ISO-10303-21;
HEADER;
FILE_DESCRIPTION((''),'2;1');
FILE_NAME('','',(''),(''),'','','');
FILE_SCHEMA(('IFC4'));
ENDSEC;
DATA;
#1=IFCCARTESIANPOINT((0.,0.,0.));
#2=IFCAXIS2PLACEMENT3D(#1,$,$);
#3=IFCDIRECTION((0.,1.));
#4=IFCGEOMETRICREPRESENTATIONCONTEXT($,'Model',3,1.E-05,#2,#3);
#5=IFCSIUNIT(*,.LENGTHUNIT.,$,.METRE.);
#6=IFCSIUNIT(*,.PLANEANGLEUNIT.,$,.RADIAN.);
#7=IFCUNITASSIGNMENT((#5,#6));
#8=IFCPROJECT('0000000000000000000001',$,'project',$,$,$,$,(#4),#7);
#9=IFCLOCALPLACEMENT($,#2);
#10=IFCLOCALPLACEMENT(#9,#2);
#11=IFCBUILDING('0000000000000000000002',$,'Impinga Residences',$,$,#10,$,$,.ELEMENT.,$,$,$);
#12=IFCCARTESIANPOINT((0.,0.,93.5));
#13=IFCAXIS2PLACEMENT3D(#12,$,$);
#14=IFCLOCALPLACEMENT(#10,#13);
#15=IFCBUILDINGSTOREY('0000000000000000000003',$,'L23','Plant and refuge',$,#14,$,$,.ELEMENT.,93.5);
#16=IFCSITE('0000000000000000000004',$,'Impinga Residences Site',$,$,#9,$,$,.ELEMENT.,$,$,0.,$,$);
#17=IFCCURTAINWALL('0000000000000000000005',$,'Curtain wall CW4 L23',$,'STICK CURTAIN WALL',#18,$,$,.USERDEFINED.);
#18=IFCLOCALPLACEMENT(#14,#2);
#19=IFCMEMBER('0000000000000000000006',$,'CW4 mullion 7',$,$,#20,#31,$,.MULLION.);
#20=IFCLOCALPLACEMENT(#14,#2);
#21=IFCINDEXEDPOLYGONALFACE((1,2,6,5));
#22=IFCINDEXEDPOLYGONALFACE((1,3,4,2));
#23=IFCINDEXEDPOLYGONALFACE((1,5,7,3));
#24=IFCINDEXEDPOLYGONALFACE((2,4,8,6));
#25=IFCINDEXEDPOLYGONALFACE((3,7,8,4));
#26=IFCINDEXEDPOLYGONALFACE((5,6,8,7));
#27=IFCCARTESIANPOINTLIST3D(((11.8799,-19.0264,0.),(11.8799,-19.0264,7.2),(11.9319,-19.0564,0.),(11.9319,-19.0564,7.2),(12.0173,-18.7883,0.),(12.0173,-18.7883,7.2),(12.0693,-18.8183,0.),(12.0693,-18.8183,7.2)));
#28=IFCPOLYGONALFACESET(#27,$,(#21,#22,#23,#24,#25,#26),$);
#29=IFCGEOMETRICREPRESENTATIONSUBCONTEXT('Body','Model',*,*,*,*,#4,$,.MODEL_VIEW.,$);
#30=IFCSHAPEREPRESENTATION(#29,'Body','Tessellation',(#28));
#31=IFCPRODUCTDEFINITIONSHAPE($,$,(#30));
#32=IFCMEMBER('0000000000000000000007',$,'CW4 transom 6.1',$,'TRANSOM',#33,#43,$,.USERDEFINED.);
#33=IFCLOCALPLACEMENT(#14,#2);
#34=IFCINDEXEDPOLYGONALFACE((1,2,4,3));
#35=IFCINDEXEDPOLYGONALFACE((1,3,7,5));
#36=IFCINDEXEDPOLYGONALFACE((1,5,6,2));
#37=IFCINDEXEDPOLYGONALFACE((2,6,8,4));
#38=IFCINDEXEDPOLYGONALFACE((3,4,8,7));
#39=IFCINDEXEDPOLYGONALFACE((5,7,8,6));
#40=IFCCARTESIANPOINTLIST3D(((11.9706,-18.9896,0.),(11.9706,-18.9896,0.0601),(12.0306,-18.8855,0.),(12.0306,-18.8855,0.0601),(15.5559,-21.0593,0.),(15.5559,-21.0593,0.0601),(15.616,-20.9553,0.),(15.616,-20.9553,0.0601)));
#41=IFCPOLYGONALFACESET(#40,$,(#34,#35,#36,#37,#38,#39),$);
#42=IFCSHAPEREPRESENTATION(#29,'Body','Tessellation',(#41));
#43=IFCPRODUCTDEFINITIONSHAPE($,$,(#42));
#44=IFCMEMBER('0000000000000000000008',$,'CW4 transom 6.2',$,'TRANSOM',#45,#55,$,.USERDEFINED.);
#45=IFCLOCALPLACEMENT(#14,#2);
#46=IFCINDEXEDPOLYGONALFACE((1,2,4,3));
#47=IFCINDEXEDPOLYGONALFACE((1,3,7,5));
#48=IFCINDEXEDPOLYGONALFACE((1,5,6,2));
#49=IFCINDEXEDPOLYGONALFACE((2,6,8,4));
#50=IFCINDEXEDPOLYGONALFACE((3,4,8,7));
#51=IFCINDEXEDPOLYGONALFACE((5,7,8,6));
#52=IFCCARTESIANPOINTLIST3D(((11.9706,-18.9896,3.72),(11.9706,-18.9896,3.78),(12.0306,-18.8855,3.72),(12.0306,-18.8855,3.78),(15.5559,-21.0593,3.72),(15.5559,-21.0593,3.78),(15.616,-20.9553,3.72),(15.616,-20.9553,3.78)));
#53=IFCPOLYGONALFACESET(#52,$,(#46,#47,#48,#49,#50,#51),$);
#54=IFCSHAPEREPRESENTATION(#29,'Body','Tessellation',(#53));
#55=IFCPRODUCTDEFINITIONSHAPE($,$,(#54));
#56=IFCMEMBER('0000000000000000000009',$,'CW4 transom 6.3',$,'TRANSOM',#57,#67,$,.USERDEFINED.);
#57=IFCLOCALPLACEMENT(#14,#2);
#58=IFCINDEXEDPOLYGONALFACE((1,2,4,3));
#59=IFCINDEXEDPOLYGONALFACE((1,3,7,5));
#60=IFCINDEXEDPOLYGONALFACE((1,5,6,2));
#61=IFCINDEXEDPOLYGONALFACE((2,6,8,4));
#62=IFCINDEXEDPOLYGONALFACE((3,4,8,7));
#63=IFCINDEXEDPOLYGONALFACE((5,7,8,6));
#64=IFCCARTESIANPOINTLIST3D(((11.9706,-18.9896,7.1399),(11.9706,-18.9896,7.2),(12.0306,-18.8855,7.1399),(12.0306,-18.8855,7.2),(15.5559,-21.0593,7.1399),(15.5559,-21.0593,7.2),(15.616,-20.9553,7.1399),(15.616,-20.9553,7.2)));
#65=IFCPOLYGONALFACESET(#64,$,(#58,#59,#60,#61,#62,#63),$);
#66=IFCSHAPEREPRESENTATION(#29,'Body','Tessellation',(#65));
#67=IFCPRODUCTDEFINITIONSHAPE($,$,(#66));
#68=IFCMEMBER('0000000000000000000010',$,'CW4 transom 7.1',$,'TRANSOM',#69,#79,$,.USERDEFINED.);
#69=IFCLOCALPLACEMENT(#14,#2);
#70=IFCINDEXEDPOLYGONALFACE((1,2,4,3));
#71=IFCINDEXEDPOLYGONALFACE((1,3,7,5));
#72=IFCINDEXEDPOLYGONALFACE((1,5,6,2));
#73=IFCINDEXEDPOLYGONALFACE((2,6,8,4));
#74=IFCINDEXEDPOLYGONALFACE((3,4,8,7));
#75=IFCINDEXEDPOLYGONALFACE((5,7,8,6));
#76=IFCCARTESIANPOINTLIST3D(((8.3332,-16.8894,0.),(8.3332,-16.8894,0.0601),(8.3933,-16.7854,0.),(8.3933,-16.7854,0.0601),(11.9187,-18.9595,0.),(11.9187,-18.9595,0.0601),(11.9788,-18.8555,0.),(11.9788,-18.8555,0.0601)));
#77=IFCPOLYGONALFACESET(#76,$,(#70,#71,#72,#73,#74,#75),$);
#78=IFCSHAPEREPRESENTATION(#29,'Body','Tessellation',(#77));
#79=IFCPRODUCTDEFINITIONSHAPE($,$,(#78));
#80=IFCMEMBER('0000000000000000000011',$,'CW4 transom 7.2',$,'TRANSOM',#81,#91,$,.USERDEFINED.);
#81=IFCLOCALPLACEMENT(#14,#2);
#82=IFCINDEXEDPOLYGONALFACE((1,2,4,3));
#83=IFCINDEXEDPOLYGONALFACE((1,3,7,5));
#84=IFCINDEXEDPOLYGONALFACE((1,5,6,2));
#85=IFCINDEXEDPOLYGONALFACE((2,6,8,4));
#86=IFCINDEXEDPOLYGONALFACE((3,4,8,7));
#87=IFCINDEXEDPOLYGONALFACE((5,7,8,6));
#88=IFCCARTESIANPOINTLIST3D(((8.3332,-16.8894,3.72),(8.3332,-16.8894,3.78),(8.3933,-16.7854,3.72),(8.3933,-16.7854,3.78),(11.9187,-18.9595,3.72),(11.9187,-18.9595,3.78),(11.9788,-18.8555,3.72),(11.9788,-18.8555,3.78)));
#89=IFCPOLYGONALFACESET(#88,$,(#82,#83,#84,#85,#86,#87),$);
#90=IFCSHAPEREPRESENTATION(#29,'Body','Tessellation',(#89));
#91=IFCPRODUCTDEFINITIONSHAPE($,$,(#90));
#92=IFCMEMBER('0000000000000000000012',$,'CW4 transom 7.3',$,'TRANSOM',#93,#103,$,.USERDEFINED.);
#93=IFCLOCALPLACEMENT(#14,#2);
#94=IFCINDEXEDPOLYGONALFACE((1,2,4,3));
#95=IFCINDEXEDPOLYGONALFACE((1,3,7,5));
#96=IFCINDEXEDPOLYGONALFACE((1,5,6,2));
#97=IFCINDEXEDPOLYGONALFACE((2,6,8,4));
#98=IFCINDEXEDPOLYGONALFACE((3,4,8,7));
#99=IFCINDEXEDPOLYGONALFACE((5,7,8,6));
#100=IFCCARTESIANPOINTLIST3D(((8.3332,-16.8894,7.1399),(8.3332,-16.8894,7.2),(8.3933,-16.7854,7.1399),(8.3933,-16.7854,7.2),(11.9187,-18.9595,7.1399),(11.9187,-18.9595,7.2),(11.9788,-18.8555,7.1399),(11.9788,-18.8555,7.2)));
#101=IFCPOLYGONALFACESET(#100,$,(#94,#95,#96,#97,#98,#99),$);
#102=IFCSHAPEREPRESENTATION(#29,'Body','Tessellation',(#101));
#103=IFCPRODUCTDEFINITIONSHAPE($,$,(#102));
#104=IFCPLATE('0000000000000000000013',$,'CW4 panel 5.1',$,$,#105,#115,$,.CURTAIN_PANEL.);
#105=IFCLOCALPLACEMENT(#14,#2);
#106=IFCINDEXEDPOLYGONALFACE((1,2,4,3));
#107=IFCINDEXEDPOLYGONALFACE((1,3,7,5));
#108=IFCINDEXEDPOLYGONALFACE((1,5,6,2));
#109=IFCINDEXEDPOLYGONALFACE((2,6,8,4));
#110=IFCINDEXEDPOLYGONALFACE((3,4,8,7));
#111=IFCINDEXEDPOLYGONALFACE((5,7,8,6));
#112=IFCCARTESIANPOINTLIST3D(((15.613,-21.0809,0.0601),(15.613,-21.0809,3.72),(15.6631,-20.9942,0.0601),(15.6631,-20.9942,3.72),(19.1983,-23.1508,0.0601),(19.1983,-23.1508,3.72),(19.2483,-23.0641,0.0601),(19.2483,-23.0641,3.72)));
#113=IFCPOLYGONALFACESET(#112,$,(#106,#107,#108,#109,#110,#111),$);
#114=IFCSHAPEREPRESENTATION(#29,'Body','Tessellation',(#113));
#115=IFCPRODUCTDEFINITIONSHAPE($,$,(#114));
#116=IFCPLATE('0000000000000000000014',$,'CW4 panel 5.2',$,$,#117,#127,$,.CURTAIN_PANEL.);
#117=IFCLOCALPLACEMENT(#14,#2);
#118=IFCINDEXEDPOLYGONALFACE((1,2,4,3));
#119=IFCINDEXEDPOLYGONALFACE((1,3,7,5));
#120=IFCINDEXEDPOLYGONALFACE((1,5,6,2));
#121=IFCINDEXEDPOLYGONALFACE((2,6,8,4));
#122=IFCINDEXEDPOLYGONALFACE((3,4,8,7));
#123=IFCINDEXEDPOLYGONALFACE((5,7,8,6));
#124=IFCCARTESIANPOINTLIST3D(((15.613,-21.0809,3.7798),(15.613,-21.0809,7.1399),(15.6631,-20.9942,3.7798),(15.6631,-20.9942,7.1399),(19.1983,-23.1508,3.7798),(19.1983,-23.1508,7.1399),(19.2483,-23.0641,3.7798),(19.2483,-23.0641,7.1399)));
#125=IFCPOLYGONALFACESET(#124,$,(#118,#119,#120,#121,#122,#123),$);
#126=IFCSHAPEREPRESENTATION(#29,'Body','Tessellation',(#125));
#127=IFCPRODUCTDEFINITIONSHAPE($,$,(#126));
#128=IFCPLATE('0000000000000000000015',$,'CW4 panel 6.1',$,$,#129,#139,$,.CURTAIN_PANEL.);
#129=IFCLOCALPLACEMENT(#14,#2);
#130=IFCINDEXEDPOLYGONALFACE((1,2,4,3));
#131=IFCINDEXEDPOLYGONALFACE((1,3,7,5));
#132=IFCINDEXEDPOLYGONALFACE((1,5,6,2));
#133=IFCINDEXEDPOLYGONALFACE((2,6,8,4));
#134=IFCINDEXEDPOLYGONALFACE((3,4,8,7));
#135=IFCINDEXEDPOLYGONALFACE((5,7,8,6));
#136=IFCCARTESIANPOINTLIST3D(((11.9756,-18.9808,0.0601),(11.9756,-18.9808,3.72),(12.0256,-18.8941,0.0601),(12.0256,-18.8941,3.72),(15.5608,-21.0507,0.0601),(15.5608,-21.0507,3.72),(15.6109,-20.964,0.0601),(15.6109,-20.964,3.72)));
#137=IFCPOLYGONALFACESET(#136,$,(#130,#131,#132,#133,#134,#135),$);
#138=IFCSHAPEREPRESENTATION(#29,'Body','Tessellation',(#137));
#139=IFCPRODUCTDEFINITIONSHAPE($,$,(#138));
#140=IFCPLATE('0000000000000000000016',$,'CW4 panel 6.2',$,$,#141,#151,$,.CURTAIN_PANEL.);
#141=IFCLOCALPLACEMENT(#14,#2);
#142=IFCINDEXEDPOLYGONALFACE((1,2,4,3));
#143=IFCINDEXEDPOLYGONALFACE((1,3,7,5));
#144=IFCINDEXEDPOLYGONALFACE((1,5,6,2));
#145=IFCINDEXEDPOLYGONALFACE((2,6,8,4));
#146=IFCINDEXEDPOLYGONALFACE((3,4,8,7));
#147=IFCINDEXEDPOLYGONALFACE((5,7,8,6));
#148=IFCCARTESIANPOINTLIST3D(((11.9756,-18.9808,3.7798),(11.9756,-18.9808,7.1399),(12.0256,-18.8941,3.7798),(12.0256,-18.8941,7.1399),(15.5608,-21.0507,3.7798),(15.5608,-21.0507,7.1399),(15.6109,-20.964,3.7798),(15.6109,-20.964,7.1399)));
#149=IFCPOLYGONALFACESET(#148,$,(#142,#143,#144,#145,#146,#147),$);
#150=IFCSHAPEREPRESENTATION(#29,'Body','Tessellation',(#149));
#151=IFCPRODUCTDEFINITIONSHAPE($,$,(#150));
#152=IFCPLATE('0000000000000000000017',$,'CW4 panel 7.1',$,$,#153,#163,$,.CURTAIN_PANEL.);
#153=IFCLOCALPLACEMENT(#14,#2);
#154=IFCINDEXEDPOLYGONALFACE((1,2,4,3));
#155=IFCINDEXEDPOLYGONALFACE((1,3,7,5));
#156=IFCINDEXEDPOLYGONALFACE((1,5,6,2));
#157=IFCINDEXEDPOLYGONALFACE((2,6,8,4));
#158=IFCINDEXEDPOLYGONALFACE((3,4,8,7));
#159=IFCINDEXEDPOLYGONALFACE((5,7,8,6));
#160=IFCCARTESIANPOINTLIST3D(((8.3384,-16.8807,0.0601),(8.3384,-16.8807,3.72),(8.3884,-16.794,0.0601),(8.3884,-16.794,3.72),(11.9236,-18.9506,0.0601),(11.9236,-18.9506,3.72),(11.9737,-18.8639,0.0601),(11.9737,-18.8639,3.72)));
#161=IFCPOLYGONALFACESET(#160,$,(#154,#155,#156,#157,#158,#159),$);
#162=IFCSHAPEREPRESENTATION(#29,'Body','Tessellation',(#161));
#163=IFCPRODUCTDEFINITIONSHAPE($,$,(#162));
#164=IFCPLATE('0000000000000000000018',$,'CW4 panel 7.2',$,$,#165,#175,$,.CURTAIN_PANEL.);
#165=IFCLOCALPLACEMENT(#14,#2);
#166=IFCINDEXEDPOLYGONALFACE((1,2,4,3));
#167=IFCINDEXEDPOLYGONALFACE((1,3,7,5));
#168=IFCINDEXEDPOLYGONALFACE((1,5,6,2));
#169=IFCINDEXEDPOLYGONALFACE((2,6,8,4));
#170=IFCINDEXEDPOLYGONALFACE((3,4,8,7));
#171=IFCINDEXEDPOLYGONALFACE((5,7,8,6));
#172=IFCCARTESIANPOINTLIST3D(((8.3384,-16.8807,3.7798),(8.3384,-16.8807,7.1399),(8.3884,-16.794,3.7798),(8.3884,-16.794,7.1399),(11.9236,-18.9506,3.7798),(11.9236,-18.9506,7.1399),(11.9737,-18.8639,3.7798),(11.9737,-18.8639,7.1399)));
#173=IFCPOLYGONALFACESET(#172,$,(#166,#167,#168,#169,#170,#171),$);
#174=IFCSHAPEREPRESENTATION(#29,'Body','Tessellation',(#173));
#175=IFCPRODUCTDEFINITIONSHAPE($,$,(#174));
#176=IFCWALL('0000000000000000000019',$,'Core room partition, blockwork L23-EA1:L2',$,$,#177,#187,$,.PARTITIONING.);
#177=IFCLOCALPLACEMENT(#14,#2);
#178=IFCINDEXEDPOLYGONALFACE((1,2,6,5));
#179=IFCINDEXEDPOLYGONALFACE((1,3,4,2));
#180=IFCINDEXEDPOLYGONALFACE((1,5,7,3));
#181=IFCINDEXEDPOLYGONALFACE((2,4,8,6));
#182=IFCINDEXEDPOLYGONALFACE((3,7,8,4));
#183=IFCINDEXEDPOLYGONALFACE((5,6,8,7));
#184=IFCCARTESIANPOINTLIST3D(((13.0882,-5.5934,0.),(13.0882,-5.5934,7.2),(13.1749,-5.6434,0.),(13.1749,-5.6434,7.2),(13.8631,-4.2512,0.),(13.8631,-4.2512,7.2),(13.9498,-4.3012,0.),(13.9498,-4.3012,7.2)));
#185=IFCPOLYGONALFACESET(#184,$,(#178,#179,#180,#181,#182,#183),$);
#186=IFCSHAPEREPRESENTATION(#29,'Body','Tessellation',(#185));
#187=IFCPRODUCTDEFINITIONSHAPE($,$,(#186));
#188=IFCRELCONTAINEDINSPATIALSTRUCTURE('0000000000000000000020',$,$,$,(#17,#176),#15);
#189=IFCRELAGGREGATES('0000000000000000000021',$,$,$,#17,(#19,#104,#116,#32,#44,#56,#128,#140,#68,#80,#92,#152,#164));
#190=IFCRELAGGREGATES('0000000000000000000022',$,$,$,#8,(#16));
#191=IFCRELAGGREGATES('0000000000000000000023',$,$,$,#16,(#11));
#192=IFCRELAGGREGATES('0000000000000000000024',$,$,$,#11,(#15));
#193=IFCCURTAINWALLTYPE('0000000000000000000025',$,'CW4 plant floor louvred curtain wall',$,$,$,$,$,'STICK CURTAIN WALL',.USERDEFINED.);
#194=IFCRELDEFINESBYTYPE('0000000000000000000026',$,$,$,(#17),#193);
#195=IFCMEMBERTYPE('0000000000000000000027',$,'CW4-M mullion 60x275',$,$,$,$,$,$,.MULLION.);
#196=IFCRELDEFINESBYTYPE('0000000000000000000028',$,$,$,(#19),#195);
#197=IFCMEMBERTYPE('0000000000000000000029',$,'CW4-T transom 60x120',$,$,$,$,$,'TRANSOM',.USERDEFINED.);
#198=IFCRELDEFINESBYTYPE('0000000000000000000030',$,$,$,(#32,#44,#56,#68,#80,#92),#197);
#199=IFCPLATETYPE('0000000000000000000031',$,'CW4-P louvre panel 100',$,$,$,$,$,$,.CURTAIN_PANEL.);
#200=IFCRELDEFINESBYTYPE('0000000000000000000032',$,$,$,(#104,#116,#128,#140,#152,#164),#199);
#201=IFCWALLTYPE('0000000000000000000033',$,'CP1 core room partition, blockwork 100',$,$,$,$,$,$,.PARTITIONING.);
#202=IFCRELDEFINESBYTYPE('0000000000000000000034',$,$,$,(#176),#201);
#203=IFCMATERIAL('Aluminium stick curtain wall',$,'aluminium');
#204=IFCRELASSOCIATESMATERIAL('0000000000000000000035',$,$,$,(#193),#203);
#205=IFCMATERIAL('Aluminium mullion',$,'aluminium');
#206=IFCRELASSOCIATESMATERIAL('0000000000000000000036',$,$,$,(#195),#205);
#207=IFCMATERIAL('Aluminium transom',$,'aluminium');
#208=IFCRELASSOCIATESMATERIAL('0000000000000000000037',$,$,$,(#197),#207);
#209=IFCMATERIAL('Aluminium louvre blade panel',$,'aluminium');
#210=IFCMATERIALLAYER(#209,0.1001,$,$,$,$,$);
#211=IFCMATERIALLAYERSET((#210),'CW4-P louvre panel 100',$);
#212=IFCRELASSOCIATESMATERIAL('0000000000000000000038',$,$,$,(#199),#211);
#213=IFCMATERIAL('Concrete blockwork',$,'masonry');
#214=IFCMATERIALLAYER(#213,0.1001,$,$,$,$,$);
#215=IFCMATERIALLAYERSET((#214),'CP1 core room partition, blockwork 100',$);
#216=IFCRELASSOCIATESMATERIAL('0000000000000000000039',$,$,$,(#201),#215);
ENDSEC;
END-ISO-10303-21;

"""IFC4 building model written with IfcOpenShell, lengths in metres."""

from ifc_helpers import new_model, si_unit, direction, frame, frame_2d, origin, origin_2d, place, context, subcontext, project, spatial, rectangle, extrude, material, layer, layer_set, material_profile, profile_set, type_object, element, aggregate, save


model = new_model("IFC4")

# Units and contexts
model_context = context("Model", 3, precision=1e-05, world=origin(), true_north=direction((0.0, 1.0)))
body_context = subcontext(model_context, "Body", "Model", "MODEL_VIEW")
ifc_project = project(units=[si_unit("LENGTHUNIT", "METRE"), si_unit("PLANEANGLEUNIT", "RADIAN")], contexts=[model_context])

# Site, building, storey
site_placement = place(None, origin())
site = spatial("IfcSite", under=ifc_project, at=site_placement, Name="Impinga Residences Site", CompositionType="ELEMENT", RefElevation=0.0)
building_placement = place(site_placement, origin())
building = spatial("IfcBuilding", under=site, at=building_placement, Name="Impinga Residences", CompositionType="ELEMENT")
storey_placement = place(building_placement, frame((0.0, 0.0, 93.5)))
storey = spatial("IfcBuildingStorey", under=building, at=storey_placement, Name="L23", Description="Plant and refuge", CompositionType="ELEMENT", Elevation=93.5)

# Curtain wall, members, plates
ifc_material_1 = material(Name="Aluminium stick curtain wall", Category="aluminium")
curtain_wall_type = type_object("IfcCurtainWallType", Name="CW4 plant floor louvred curtain wall", ElementType="STICK CURTAIN WALL", PredefinedType="USERDEFINED", material=ifc_material_1)
curtain_wall_placement = place(storey_placement, origin())
curtain_wall = element("IfcCurtainWall", 1, at=curtain_wall_placement, inside=storey, type_object=curtain_wall_type, Name="Curtain wall CW4 L23", ObjectType="STICK CURTAIN WALL", PredefinedType="USERDEFINED")
ifc_material_2 = material(Name="Aluminium mullion", Category="aluminium")
ifc_material_profile_1 = material_profile(ifc_material_2, rectangle(XDim=0.0601, YDim=0.2749, at=origin_2d()), Name="60x275 mullion")
ifc_profile_set_1 = profile_set([ifc_material_profile_1], Name="Aluminium mullion")
member_type_1 = type_object("IfcMemberType", Name="CW4-M mullion 60x275", PredefinedType="MULLION", material=ifc_profile_set_1)
member_1_placement = place(storey_placement, frame((11.9746, -18.9224, 0.0), z_axis=(0.0, 0.0, 1.0), x_axis=(-0.866025, 0.5, 0.0)))
member_1 = element("IfcMember", 2, at=member_1_placement, type_object=member_type_1, Name="CW4 mullion 7", PredefinedType="MULLION", context=body_context, shape_type="SweptSolid", body=[
    extrude(rectangle(XDim=0.0601, YDim=0.2749, at=origin_2d()), origin(), (0.0, 0.0, 1.0), 7.2),
])
ifc_material_3 = material(Name="Aluminium transom", Category="aluminium")
ifc_material_profile_2 = material_profile(ifc_material_3, rectangle(XDim=0.0601, YDim=0.1201, at=origin_2d()), Name="60x120 transom")
ifc_profile_set_2 = profile_set([ifc_material_profile_2], Name="Aluminium transom")
member_type_2 = type_object("IfcMemberType", Name="CW4-T transom 60x120", ElementType="TRANSOM", PredefinedType="USERDEFINED", material=ifc_profile_set_2)
member_2_placement = place(storey_placement, frame((15.5859, -21.0073, 0.03), z_axis=(-0.86605, 0.499957, 0.0), x_axis=(0.0, 0.0, 1.0)))
member_2 = element("IfcMember", 3, at=member_2_placement, type_object=member_type_2, Name="CW4 transom 6.1", ObjectType="TRANSOM", PredefinedType="USERDEFINED", context=body_context, shape_type="SweptSolid", body=[
    extrude(rectangle(XDim=0.0601, YDim=0.1201, at=origin_2d()), origin(), (0.0, 0.0, 1.0), 4.1399),
])
member_3_placement = place(storey_placement, frame((15.5859, -21.0073, 3.75), z_axis=(-0.86605, 0.499957, 0.0), x_axis=(0.0, 0.0, 1.0)))
member_3 = element("IfcMember", 4, at=member_3_placement, type_object=member_type_2, Name="CW4 transom 6.2", ObjectType="TRANSOM", PredefinedType="USERDEFINED", context=body_context, shape_type="SweptSolid", body=[
    extrude(rectangle(XDim=0.0601, YDim=0.1201, at=origin_2d()), origin(), (0.0, 0.0, 1.0), 4.1399),
])
member_4_placement = place(storey_placement, frame((15.5859, -21.0073, 7.1699), z_axis=(-0.86605, 0.499957, 0.0), x_axis=(0.0, 0.0, 1.0)))
member_4 = element("IfcMember", 5, at=member_4_placement, type_object=member_type_2, Name="CW4 transom 6.3", ObjectType="TRANSOM", PredefinedType="USERDEFINED", context=body_context, shape_type="SweptSolid", body=[
    extrude(rectangle(XDim=0.0601, YDim=0.1201, at=origin_2d()), origin(), (0.0, 0.0, 1.0), 4.1399),
])
member_5_placement = place(storey_placement, frame((11.9487, -18.9075, 0.03), z_axis=(-0.866025, 0.500002, 0.0), x_axis=(0.0, 0.0, 1.0)))
member_5 = element("IfcMember", 6, at=member_5_placement, type_object=member_type_2, Name="CW4 transom 7.1", ObjectType="TRANSOM", PredefinedType="USERDEFINED", context=body_context, shape_type="SweptSolid", body=[
    extrude(rectangle(XDim=0.0601, YDim=0.1201, at=origin_2d()), origin(), (0.0, 0.0, 1.0), 4.1401),
])
member_6_placement = place(storey_placement, frame((11.9487, -18.9075, 3.75), z_axis=(-0.866025, 0.500002, 0.0), x_axis=(0.0, 0.0, 1.0)))
member_6 = element("IfcMember", 7, at=member_6_placement, type_object=member_type_2, Name="CW4 transom 7.2", ObjectType="TRANSOM", PredefinedType="USERDEFINED", context=body_context, shape_type="SweptSolid", body=[
    extrude(rectangle(XDim=0.0601, YDim=0.1201, at=origin_2d()), origin(), (0.0, 0.0, 1.0), 4.1401),
])
member_7_placement = place(storey_placement, frame((11.9487, -18.9075, 7.1699), z_axis=(-0.866025, 0.500002, 0.0), x_axis=(0.0, 0.0, 1.0)))
member_7 = element("IfcMember", 8, at=member_7_placement, type_object=member_type_2, Name="CW4 transom 7.3", ObjectType="TRANSOM", PredefinedType="USERDEFINED", context=body_context, shape_type="SweptSolid", body=[
    extrude(rectangle(XDim=0.0601, YDim=0.1201, at=origin_2d()), origin(), (0.0, 0.0, 1.0), 4.1401),
])
ifc_material_4 = material(Name="Aluminium louvre blade panel", Category="aluminium")
ifc_layer_1 = layer(ifc_material_4, 0.1001)
ifc_layer_set_1 = layer_set([ifc_layer_1], Name="CW4-P louvre panel 100")
plate_type = type_object("IfcPlateType", Name="CW4-P louvre panel 100", PredefinedType="CURTAIN_PANEL", material=ifc_layer_set_1)
plate_1_placement = place(storey_placement, frame((17.4307, -22.0725, 0.0601), z_axis=(0.0, 0.0, 1.0), x_axis=(-0.866025, 0.5, 0.0)))
plate_1 = element("IfcPlate", 9, at=plate_1_placement, type_object=plate_type, Name="CW4 panel 5.1", PredefinedType="CURTAIN_PANEL", context=body_context, shape_type="SweptSolid", body=[
    extrude(rectangle(XDim=4.1399, YDim=0.1001, at=origin_2d()), origin(), (0.0, 0.0, 1.0), 3.6599),
])
plate_2_placement = place(storey_placement, frame((17.4307, -22.0725, 3.7798), z_axis=(0.0, 0.0, 1.0), x_axis=(-0.866025, 0.5, 0.0)))
plate_2 = element("IfcPlate", 10, at=plate_2_placement, type_object=plate_type, Name="CW4 panel 5.2", PredefinedType="CURTAIN_PANEL", context=body_context, shape_type="SweptSolid", body=[
    extrude(rectangle(XDim=4.1399, YDim=0.1001, at=origin_2d()), origin(), (0.0, 0.0, 1.0), 3.3601),
])
plate_3_placement = place(storey_placement, frame((13.7932, -19.9724, 0.0601), z_axis=(0.0, 0.0, 1.0), x_axis=(-0.866025, 0.5, 0.0)))
plate_3 = element("IfcPlate", 11, at=plate_3_placement, type_object=plate_type, Name="CW4 panel 6.1", PredefinedType="CURTAIN_PANEL", context=body_context, shape_type="SweptSolid", body=[
    extrude(rectangle(XDim=4.1399, YDim=0.1001, at=origin_2d()), origin(), (0.0, 0.0, 1.0), 3.6599),
])
plate_4_placement = place(storey_placement, frame((13.7932, -19.9724, 3.7798), z_axis=(0.0, 0.0, 1.0), x_axis=(-0.866025, 0.5, 0.0)))
plate_4 = element("IfcPlate", 12, at=plate_4_placement, type_object=plate_type, Name="CW4 panel 6.2", PredefinedType="CURTAIN_PANEL", context=body_context, shape_type="SweptSolid", body=[
    extrude(rectangle(XDim=4.1399, YDim=0.1001, at=origin_2d()), origin(), (0.0, 0.0, 1.0), 3.3601),
])
plate_5_placement = place(storey_placement, frame((10.156, -17.8723, 0.0601), z_axis=(0.0, 0.0, 1.0), x_axis=(-0.866025, 0.5, 0.0)))
plate_5 = element("IfcPlate", 13, at=plate_5_placement, type_object=plate_type, Name="CW4 panel 7.1", PredefinedType="CURTAIN_PANEL", context=body_context, shape_type="SweptSolid", body=[
    extrude(rectangle(XDim=4.1399, YDim=0.1001, at=origin_2d()), origin(), (0.0, 0.0, 1.0), 3.6599),
])
plate_6_placement = place(storey_placement, frame((10.156, -17.8723, 3.7798), z_axis=(0.0, 0.0, 1.0), x_axis=(-0.866025, 0.5, 0.0)))
plate_6 = element("IfcPlate", 14, at=plate_6_placement, type_object=plate_type, Name="CW4 panel 7.2", PredefinedType="CURTAIN_PANEL", context=body_context, shape_type="SweptSolid", body=[
    extrude(rectangle(XDim=4.1399, YDim=0.1001, at=origin_2d()), origin(), (0.0, 0.0, 1.0), 3.3601),
])
aggregate(curtain_wall, [member_1, plate_1, plate_2, member_2, member_3, member_4, plate_3, plate_4, member_5, member_6, member_7, plate_5, plate_6])

# Wall
ifc_material_5 = material(Name="Concrete blockwork", Category="masonry")
ifc_layer_2 = layer(ifc_material_5, 0.1001)
ifc_layer_set_2 = layer_set([ifc_layer_2], Name="CP1 core room partition, blockwork 100")
wall_type_1 = type_object("IfcWallType", Name="CP1 core room partition, blockwork 100", PredefinedType="PARTITIONING", material=ifc_layer_set_2)
wall_1_placement = place(storey_placement, frame((13.1316, -5.6184, 0.0), z_axis=(0.0, 0.0, 1.0), x_axis=(0.499968, 0.866044, 0.0)))
element("IfcWall", 15, at=wall_1_placement, inside=storey, type_object=wall_type_1, Name="Core room partition, blockwork L23-EA1:L2", PredefinedType="PARTITIONING", context=body_context, shape_type="SweptSolid", body=[
    extrude(rectangle(XDim=1.5498, YDim=0.1001, at=frame_2d((0.7749, 0.0))), origin(), (0.0, 0.0, 1.0), 7.2),
])

save(model, "model.ifc")
